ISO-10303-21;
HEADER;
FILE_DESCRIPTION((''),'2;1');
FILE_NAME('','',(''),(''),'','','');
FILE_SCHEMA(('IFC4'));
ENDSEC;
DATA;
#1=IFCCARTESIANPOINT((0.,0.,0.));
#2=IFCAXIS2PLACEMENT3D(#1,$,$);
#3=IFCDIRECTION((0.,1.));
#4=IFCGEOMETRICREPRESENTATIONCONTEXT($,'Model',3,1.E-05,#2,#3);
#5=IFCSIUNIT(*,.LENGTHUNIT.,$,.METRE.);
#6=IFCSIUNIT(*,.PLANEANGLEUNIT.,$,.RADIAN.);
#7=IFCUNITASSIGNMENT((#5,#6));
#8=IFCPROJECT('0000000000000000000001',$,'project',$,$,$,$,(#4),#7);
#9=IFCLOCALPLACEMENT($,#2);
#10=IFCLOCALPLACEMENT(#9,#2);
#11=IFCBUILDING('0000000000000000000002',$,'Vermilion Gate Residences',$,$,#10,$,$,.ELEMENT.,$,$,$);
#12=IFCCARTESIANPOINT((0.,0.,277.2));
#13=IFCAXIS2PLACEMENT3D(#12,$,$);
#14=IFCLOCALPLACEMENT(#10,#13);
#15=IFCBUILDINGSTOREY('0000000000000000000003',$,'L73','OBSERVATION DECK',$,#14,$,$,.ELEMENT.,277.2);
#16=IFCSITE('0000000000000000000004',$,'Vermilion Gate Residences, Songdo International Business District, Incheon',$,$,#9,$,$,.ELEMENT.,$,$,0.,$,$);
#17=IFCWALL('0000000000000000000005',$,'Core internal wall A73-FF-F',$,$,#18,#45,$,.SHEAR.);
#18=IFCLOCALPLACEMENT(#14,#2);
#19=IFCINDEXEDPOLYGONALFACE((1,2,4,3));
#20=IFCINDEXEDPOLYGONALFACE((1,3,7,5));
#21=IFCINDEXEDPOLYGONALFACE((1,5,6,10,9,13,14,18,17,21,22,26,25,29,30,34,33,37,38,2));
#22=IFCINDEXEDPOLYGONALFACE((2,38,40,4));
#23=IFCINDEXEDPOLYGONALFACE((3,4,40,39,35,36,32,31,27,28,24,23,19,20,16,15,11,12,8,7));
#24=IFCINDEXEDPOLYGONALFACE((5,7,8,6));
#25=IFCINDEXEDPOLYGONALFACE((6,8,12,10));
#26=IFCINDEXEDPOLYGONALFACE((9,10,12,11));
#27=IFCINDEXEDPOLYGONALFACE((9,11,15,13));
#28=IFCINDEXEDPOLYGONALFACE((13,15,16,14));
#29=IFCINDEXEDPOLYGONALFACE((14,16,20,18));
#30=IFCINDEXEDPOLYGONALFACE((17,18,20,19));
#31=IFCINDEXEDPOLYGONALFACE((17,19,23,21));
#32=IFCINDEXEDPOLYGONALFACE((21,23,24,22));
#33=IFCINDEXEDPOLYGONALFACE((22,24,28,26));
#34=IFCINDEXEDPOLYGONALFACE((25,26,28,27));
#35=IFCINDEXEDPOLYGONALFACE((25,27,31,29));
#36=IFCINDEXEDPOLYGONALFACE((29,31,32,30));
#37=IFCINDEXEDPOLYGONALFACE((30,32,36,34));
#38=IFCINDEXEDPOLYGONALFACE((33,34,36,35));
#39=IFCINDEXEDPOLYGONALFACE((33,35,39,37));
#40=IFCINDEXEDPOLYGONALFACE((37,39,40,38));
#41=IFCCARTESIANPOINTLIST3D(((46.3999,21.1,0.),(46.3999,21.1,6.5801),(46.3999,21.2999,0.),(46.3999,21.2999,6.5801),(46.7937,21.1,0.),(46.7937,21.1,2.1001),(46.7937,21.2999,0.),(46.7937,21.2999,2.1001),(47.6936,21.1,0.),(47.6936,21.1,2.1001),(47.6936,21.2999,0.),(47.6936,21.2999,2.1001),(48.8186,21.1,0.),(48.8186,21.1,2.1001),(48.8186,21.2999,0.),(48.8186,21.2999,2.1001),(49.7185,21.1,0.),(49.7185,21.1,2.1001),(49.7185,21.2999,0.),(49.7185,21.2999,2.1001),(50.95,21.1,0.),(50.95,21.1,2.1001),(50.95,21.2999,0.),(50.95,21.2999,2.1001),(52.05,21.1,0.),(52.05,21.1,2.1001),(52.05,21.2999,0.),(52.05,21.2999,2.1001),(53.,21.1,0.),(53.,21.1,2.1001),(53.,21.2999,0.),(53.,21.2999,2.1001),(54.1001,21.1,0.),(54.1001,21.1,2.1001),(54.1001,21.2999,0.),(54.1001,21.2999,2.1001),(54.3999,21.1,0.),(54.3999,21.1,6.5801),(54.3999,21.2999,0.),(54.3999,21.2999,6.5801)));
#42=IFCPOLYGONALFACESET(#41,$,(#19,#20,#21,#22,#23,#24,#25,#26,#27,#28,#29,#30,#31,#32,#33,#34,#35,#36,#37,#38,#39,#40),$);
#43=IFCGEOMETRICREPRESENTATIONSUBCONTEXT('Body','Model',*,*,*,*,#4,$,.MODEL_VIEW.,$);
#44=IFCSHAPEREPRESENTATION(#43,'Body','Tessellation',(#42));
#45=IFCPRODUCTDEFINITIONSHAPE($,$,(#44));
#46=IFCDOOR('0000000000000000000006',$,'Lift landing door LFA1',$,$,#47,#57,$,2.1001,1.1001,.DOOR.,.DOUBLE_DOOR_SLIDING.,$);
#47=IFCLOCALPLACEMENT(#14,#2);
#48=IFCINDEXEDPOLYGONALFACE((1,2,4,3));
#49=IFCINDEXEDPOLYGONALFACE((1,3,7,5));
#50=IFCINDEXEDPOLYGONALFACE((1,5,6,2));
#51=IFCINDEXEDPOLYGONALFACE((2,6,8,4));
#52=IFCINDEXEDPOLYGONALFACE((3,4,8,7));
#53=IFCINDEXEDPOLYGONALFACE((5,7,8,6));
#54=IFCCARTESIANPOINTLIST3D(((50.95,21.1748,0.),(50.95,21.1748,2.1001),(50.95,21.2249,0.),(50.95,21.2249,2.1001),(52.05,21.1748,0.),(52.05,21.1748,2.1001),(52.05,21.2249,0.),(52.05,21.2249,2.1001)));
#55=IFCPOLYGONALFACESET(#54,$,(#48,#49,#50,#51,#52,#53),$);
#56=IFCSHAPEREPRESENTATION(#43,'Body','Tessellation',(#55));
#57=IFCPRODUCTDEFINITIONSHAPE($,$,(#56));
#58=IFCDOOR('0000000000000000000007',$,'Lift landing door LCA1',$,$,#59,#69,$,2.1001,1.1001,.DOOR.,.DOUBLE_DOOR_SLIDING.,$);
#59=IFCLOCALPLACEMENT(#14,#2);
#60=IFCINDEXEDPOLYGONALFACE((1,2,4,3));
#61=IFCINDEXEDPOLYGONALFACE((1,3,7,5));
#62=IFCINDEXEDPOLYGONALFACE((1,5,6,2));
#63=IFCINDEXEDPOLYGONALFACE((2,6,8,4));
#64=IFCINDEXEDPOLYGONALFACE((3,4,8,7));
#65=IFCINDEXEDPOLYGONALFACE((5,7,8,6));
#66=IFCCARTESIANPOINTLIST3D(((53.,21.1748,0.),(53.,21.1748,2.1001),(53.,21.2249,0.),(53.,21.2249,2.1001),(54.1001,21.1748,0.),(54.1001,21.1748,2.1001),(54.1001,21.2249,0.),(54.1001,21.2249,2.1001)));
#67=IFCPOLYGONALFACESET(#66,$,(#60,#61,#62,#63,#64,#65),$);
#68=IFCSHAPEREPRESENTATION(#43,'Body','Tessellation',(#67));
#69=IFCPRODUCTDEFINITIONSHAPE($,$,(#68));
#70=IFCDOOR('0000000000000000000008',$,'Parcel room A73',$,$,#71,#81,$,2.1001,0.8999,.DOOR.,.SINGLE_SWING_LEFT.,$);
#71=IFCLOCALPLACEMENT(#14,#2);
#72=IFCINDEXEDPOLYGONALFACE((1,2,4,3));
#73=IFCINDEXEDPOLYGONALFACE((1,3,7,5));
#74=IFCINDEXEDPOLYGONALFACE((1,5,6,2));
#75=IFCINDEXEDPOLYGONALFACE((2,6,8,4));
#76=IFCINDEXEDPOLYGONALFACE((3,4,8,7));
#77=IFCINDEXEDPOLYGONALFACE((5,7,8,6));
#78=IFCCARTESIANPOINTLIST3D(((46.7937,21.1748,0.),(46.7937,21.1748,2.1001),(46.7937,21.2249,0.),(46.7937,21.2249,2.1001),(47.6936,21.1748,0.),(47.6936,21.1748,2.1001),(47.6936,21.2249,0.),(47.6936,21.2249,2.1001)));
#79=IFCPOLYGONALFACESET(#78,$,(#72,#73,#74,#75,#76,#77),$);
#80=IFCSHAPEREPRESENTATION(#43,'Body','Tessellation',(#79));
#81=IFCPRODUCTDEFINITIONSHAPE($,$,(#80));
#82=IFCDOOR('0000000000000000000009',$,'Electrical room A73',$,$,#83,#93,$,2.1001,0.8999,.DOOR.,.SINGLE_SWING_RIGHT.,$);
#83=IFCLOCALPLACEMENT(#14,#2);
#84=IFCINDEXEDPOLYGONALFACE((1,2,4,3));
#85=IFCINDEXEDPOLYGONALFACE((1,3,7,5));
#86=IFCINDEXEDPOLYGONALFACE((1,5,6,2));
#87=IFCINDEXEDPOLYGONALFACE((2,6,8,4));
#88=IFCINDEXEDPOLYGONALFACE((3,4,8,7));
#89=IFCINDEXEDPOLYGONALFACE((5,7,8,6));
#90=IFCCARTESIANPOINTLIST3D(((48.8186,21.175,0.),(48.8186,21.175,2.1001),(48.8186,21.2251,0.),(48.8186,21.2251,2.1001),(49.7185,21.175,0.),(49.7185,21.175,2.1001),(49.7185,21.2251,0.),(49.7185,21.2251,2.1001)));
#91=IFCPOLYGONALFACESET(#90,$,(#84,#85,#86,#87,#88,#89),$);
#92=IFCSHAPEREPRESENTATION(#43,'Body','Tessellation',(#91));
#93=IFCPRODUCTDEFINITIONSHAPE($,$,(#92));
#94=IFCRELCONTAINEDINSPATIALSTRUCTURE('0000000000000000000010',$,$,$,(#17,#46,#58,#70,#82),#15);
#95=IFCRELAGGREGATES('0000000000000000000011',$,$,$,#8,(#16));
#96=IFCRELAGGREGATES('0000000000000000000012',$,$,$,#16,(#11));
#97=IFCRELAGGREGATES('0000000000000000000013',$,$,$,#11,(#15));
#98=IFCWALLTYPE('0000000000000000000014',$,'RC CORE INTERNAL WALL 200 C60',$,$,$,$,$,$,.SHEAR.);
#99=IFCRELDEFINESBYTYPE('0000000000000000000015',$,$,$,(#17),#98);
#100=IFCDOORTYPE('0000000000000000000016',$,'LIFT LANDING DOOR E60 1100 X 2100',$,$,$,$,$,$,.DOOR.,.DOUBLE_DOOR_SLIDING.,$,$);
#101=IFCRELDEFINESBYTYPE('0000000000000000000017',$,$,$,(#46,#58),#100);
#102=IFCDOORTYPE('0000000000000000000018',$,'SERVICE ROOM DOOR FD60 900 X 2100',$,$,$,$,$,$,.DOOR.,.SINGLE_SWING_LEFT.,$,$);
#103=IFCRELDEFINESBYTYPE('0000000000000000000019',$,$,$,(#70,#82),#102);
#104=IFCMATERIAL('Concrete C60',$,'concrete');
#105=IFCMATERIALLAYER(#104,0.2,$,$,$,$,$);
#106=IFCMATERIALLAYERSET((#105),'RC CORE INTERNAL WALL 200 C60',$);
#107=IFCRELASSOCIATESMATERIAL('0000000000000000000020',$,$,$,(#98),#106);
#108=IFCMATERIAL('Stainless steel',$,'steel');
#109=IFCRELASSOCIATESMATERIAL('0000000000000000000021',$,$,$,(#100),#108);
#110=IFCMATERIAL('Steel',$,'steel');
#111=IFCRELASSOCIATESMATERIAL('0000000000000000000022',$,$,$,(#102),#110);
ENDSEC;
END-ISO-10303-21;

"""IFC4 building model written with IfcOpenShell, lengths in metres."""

from ifc_helpers import new_model, si_unit, direction, frame, frame_2d, origin, place, context, subcontext, project, spatial, rectangle, extrude, material, layer, layer_set, type_object, element, fill, save


model = new_model("IFC4")

# Units and contexts
model_context = context("Model", 3, precision=1e-05, world=origin(), true_north=direction((0.0, 1.0)))
body_context = subcontext(model_context, "Body", "Model", "MODEL_VIEW")
ifc_project = project(units=[si_unit("LENGTHUNIT", "METRE"), si_unit("PLANEANGLEUNIT", "RADIAN")], contexts=[model_context])

# Site, building, storey
site_placement = place(None, origin())
site = spatial("IfcSite", under=ifc_project, at=site_placement, Name="Vermilion Gate Residences, Songdo International Business District, Incheon", CompositionType="ELEMENT", RefElevation=0.0)
building_placement = place(site_placement, origin())
building = spatial("IfcBuilding", under=site, at=building_placement, Name="Vermilion Gate Residences", CompositionType="ELEMENT")
storey_placement = place(building_placement, frame((0.0, 0.0, 277.2)))
storey = spatial("IfcBuildingStorey", under=building, at=storey_placement, Name="L73", Description="OBSERVATION DECK", CompositionType="ELEMENT", Elevation=277.2)

# Shared definitions
ifc_material_1 = material(Name="Concrete C60", Category="concrete")
ifc_layer_1 = layer(ifc_material_1, 0.2)
ifc_layer_set_1 = layer_set([ifc_layer_1], Name="RC CORE INTERNAL WALL 200 C60")
wall_type_1 = type_object("IfcWallType", Name="RC CORE INTERNAL WALL 200 C60", PredefinedType="SHEAR", material=ifc_layer_set_1)

# Wall, openings, doors
wall_1_placement = place(storey_placement, frame((46.3999, 21.2, 0.0), z_axis=(0.0, 0.0, 1.0), x_axis=(1.0, 0.0, 0.0)))
wall_1 = element("IfcWall", 1, at=wall_1_placement, inside=storey, type_object=wall_type_1, Name="Core internal wall A73-FF-F", PredefinedType="SHEAR", context=body_context, shape_type="SweptSolid", body=[
    extrude(rectangle(XDim=8.0, YDim=0.2, at=frame_2d((4.0, 0.0))), origin(), (0.0, 0.0, 1.0), 6.5801),
])
opening_1_placement = place(wall_1_placement, frame((0.3938, 0.0, 0.0)))
opening_1 = element("IfcOpeningElement", 2, at=opening_1_placement, cuts=wall_1, PredefinedType="OPENING", context=body_context, shape_type="SweptSolid", body=[
    extrude(rectangle(XDim=0.8999, YDim=2.1001, at=frame_2d((0.45, 1.05))), frame((0.0, 0.1099, 0.0), z_axis=(0.0, -1.0, 0.0), x_axis=(1.0, 0.0, 0.0)), (0.0, 0.0, 1.0), 0.22),
])
opening_2_placement = place(wall_1_placement, frame((2.4187, 0.0, 0.0)))
opening_2 = element("IfcOpeningElement", 3, at=opening_2_placement, cuts=wall_1, PredefinedType="OPENING", context=body_context, shape_type="SweptSolid", body=[
    extrude(rectangle(XDim=0.8999, YDim=2.1001, at=frame_2d((0.45, 1.05))), frame((0.0, 0.1099, 0.0), z_axis=(0.0, -1.0, 0.0), x_axis=(1.0, 0.0, 0.0)), (0.0, 0.0, 1.0), 0.22),
])
opening_3_placement = place(wall_1_placement, frame((4.55, 0.0, 0.0)))
opening_3 = element("IfcOpeningElement", 4, at=opening_3_placement, cuts=wall_1, PredefinedType="OPENING", context=body_context, shape_type="SweptSolid", body=[
    extrude(rectangle(XDim=1.1001, YDim=2.1001, at=frame_2d((0.55, 1.05))), frame((0.0, 0.1099, 0.0), z_axis=(0.0, -1.0, 0.0), x_axis=(1.0, 0.0, 0.0)), (0.0, 0.0, 1.0), 0.22),
])
opening_4_placement = place(wall_1_placement, frame((6.6001, 0.0, 0.0)))
opening_4 = element("IfcOpeningElement", 5, at=opening_4_placement, cuts=wall_1, PredefinedType="OPENING", context=body_context, shape_type="SweptSolid", body=[
    extrude(rectangle(XDim=1.1001, YDim=2.1001, at=frame_2d((0.55, 1.05))), frame((0.0, 0.1099, 0.0), z_axis=(0.0, -1.0, 0.0), x_axis=(1.0, 0.0, 0.0)), (0.0, 0.0, 1.0), 0.22),
])
ifc_material_2 = material(Name="Stainless steel", Category="steel")
door_type_1 = type_object("IfcDoorType", Name="LIFT LANDING DOOR E60 1100 X 2100", OperationType="DOUBLE_DOOR_SLIDING", PredefinedType="DOOR", material=ifc_material_2)
door_1_placement = place(opening_3_placement, origin())
door_1 = element("IfcDoor", 6, at=door_1_placement, inside=storey, type_object=door_type_1, Name="Lift landing door LFA1", OperationType="DOUBLE_DOOR_SLIDING", OverallHeight=2.1001, OverallWidth=1.1001, PredefinedType="DOOR", context=body_context, shape_type="SweptSolid", body=[
    extrude(rectangle(XDim=1.1001, YDim=2.1001, at=frame_2d((0.55, 1.05))), frame((0.0, 0.0249, 0.0), z_axis=(0.0, -1.0, 0.0), x_axis=(1.0, 0.0, 0.0)), (0.0, 0.0, 1.0), 0.05),
])
fill(opening_3, door_1)
door_2_placement = place(opening_4_placement, origin())
door_2 = element("IfcDoor", 7, at=door_2_placement, inside=storey, type_object=door_type_1, Name="Lift landing door LCA1", OperationType="DOUBLE_DOOR_SLIDING", OverallHeight=2.1001, OverallWidth=1.1001, PredefinedType="DOOR", context=body_context, shape_type="SweptSolid", body=[
    extrude(rectangle(XDim=1.1001, YDim=2.1001, at=frame_2d((0.55, 1.05))), frame((0.0, 0.0249, 0.0), z_axis=(0.0, -1.0, 0.0), x_axis=(1.0, 0.0, 0.0)), (0.0, 0.0, 1.0), 0.05),
])
fill(opening_4, door_2)
ifc_material_3 = material(Name="Steel", Category="steel")
door_type_2 = type_object("IfcDoorType", Name="SERVICE ROOM DOOR FD60 900 X 2100", OperationType="SINGLE_SWING_LEFT", PredefinedType="DOOR", material=ifc_material_3)
door_3_placement = place(opening_1_placement, origin())
door_3 = element("IfcDoor", 8, at=door_3_placement, inside=storey, type_object=door_type_2, Name="Parcel room A73", OperationType="SINGLE_SWING_LEFT", OverallHeight=2.1001, OverallWidth=0.8999, PredefinedType="DOOR", context=body_context, shape_type="SweptSolid", body=[
    extrude(rectangle(XDim=0.8999, YDim=2.1001, at=frame_2d((0.45, 1.05))), frame((0.0, 0.0249, 0.0), z_axis=(0.0, -1.0, 0.0), x_axis=(1.0, 0.0, 0.0)), (0.0, 0.0, 1.0), 0.05),
])
fill(opening_1, door_3)
door_4_placement = place(opening_2_placement, frame((0.8999, 0.0, 0.0), z_axis=(0.0, 0.0, 1.0), x_axis=(-1.0, 0.0, 0.0)))
door_4 = element("IfcDoor", 9, at=door_4_placement, inside=storey, type_object=door_type_2, Name="Electrical room A73", OperationType="SINGLE_SWING_RIGHT", OverallHeight=2.1001, OverallWidth=0.8999, PredefinedType="DOOR", context=body_context, shape_type="SweptSolid", body=[
    extrude(rectangle(XDim=0.8999, YDim=2.1001, at=frame_2d((0.45, 1.05))), frame((0.0, 0.0249, 0.0), z_axis=(0.0, -1.0, 0.0), x_axis=(1.0, 0.0, 0.0)), (0.0, 0.0, 1.0), 0.05),
])
fill(opening_2, door_4)

save(model, "model.ifc")
